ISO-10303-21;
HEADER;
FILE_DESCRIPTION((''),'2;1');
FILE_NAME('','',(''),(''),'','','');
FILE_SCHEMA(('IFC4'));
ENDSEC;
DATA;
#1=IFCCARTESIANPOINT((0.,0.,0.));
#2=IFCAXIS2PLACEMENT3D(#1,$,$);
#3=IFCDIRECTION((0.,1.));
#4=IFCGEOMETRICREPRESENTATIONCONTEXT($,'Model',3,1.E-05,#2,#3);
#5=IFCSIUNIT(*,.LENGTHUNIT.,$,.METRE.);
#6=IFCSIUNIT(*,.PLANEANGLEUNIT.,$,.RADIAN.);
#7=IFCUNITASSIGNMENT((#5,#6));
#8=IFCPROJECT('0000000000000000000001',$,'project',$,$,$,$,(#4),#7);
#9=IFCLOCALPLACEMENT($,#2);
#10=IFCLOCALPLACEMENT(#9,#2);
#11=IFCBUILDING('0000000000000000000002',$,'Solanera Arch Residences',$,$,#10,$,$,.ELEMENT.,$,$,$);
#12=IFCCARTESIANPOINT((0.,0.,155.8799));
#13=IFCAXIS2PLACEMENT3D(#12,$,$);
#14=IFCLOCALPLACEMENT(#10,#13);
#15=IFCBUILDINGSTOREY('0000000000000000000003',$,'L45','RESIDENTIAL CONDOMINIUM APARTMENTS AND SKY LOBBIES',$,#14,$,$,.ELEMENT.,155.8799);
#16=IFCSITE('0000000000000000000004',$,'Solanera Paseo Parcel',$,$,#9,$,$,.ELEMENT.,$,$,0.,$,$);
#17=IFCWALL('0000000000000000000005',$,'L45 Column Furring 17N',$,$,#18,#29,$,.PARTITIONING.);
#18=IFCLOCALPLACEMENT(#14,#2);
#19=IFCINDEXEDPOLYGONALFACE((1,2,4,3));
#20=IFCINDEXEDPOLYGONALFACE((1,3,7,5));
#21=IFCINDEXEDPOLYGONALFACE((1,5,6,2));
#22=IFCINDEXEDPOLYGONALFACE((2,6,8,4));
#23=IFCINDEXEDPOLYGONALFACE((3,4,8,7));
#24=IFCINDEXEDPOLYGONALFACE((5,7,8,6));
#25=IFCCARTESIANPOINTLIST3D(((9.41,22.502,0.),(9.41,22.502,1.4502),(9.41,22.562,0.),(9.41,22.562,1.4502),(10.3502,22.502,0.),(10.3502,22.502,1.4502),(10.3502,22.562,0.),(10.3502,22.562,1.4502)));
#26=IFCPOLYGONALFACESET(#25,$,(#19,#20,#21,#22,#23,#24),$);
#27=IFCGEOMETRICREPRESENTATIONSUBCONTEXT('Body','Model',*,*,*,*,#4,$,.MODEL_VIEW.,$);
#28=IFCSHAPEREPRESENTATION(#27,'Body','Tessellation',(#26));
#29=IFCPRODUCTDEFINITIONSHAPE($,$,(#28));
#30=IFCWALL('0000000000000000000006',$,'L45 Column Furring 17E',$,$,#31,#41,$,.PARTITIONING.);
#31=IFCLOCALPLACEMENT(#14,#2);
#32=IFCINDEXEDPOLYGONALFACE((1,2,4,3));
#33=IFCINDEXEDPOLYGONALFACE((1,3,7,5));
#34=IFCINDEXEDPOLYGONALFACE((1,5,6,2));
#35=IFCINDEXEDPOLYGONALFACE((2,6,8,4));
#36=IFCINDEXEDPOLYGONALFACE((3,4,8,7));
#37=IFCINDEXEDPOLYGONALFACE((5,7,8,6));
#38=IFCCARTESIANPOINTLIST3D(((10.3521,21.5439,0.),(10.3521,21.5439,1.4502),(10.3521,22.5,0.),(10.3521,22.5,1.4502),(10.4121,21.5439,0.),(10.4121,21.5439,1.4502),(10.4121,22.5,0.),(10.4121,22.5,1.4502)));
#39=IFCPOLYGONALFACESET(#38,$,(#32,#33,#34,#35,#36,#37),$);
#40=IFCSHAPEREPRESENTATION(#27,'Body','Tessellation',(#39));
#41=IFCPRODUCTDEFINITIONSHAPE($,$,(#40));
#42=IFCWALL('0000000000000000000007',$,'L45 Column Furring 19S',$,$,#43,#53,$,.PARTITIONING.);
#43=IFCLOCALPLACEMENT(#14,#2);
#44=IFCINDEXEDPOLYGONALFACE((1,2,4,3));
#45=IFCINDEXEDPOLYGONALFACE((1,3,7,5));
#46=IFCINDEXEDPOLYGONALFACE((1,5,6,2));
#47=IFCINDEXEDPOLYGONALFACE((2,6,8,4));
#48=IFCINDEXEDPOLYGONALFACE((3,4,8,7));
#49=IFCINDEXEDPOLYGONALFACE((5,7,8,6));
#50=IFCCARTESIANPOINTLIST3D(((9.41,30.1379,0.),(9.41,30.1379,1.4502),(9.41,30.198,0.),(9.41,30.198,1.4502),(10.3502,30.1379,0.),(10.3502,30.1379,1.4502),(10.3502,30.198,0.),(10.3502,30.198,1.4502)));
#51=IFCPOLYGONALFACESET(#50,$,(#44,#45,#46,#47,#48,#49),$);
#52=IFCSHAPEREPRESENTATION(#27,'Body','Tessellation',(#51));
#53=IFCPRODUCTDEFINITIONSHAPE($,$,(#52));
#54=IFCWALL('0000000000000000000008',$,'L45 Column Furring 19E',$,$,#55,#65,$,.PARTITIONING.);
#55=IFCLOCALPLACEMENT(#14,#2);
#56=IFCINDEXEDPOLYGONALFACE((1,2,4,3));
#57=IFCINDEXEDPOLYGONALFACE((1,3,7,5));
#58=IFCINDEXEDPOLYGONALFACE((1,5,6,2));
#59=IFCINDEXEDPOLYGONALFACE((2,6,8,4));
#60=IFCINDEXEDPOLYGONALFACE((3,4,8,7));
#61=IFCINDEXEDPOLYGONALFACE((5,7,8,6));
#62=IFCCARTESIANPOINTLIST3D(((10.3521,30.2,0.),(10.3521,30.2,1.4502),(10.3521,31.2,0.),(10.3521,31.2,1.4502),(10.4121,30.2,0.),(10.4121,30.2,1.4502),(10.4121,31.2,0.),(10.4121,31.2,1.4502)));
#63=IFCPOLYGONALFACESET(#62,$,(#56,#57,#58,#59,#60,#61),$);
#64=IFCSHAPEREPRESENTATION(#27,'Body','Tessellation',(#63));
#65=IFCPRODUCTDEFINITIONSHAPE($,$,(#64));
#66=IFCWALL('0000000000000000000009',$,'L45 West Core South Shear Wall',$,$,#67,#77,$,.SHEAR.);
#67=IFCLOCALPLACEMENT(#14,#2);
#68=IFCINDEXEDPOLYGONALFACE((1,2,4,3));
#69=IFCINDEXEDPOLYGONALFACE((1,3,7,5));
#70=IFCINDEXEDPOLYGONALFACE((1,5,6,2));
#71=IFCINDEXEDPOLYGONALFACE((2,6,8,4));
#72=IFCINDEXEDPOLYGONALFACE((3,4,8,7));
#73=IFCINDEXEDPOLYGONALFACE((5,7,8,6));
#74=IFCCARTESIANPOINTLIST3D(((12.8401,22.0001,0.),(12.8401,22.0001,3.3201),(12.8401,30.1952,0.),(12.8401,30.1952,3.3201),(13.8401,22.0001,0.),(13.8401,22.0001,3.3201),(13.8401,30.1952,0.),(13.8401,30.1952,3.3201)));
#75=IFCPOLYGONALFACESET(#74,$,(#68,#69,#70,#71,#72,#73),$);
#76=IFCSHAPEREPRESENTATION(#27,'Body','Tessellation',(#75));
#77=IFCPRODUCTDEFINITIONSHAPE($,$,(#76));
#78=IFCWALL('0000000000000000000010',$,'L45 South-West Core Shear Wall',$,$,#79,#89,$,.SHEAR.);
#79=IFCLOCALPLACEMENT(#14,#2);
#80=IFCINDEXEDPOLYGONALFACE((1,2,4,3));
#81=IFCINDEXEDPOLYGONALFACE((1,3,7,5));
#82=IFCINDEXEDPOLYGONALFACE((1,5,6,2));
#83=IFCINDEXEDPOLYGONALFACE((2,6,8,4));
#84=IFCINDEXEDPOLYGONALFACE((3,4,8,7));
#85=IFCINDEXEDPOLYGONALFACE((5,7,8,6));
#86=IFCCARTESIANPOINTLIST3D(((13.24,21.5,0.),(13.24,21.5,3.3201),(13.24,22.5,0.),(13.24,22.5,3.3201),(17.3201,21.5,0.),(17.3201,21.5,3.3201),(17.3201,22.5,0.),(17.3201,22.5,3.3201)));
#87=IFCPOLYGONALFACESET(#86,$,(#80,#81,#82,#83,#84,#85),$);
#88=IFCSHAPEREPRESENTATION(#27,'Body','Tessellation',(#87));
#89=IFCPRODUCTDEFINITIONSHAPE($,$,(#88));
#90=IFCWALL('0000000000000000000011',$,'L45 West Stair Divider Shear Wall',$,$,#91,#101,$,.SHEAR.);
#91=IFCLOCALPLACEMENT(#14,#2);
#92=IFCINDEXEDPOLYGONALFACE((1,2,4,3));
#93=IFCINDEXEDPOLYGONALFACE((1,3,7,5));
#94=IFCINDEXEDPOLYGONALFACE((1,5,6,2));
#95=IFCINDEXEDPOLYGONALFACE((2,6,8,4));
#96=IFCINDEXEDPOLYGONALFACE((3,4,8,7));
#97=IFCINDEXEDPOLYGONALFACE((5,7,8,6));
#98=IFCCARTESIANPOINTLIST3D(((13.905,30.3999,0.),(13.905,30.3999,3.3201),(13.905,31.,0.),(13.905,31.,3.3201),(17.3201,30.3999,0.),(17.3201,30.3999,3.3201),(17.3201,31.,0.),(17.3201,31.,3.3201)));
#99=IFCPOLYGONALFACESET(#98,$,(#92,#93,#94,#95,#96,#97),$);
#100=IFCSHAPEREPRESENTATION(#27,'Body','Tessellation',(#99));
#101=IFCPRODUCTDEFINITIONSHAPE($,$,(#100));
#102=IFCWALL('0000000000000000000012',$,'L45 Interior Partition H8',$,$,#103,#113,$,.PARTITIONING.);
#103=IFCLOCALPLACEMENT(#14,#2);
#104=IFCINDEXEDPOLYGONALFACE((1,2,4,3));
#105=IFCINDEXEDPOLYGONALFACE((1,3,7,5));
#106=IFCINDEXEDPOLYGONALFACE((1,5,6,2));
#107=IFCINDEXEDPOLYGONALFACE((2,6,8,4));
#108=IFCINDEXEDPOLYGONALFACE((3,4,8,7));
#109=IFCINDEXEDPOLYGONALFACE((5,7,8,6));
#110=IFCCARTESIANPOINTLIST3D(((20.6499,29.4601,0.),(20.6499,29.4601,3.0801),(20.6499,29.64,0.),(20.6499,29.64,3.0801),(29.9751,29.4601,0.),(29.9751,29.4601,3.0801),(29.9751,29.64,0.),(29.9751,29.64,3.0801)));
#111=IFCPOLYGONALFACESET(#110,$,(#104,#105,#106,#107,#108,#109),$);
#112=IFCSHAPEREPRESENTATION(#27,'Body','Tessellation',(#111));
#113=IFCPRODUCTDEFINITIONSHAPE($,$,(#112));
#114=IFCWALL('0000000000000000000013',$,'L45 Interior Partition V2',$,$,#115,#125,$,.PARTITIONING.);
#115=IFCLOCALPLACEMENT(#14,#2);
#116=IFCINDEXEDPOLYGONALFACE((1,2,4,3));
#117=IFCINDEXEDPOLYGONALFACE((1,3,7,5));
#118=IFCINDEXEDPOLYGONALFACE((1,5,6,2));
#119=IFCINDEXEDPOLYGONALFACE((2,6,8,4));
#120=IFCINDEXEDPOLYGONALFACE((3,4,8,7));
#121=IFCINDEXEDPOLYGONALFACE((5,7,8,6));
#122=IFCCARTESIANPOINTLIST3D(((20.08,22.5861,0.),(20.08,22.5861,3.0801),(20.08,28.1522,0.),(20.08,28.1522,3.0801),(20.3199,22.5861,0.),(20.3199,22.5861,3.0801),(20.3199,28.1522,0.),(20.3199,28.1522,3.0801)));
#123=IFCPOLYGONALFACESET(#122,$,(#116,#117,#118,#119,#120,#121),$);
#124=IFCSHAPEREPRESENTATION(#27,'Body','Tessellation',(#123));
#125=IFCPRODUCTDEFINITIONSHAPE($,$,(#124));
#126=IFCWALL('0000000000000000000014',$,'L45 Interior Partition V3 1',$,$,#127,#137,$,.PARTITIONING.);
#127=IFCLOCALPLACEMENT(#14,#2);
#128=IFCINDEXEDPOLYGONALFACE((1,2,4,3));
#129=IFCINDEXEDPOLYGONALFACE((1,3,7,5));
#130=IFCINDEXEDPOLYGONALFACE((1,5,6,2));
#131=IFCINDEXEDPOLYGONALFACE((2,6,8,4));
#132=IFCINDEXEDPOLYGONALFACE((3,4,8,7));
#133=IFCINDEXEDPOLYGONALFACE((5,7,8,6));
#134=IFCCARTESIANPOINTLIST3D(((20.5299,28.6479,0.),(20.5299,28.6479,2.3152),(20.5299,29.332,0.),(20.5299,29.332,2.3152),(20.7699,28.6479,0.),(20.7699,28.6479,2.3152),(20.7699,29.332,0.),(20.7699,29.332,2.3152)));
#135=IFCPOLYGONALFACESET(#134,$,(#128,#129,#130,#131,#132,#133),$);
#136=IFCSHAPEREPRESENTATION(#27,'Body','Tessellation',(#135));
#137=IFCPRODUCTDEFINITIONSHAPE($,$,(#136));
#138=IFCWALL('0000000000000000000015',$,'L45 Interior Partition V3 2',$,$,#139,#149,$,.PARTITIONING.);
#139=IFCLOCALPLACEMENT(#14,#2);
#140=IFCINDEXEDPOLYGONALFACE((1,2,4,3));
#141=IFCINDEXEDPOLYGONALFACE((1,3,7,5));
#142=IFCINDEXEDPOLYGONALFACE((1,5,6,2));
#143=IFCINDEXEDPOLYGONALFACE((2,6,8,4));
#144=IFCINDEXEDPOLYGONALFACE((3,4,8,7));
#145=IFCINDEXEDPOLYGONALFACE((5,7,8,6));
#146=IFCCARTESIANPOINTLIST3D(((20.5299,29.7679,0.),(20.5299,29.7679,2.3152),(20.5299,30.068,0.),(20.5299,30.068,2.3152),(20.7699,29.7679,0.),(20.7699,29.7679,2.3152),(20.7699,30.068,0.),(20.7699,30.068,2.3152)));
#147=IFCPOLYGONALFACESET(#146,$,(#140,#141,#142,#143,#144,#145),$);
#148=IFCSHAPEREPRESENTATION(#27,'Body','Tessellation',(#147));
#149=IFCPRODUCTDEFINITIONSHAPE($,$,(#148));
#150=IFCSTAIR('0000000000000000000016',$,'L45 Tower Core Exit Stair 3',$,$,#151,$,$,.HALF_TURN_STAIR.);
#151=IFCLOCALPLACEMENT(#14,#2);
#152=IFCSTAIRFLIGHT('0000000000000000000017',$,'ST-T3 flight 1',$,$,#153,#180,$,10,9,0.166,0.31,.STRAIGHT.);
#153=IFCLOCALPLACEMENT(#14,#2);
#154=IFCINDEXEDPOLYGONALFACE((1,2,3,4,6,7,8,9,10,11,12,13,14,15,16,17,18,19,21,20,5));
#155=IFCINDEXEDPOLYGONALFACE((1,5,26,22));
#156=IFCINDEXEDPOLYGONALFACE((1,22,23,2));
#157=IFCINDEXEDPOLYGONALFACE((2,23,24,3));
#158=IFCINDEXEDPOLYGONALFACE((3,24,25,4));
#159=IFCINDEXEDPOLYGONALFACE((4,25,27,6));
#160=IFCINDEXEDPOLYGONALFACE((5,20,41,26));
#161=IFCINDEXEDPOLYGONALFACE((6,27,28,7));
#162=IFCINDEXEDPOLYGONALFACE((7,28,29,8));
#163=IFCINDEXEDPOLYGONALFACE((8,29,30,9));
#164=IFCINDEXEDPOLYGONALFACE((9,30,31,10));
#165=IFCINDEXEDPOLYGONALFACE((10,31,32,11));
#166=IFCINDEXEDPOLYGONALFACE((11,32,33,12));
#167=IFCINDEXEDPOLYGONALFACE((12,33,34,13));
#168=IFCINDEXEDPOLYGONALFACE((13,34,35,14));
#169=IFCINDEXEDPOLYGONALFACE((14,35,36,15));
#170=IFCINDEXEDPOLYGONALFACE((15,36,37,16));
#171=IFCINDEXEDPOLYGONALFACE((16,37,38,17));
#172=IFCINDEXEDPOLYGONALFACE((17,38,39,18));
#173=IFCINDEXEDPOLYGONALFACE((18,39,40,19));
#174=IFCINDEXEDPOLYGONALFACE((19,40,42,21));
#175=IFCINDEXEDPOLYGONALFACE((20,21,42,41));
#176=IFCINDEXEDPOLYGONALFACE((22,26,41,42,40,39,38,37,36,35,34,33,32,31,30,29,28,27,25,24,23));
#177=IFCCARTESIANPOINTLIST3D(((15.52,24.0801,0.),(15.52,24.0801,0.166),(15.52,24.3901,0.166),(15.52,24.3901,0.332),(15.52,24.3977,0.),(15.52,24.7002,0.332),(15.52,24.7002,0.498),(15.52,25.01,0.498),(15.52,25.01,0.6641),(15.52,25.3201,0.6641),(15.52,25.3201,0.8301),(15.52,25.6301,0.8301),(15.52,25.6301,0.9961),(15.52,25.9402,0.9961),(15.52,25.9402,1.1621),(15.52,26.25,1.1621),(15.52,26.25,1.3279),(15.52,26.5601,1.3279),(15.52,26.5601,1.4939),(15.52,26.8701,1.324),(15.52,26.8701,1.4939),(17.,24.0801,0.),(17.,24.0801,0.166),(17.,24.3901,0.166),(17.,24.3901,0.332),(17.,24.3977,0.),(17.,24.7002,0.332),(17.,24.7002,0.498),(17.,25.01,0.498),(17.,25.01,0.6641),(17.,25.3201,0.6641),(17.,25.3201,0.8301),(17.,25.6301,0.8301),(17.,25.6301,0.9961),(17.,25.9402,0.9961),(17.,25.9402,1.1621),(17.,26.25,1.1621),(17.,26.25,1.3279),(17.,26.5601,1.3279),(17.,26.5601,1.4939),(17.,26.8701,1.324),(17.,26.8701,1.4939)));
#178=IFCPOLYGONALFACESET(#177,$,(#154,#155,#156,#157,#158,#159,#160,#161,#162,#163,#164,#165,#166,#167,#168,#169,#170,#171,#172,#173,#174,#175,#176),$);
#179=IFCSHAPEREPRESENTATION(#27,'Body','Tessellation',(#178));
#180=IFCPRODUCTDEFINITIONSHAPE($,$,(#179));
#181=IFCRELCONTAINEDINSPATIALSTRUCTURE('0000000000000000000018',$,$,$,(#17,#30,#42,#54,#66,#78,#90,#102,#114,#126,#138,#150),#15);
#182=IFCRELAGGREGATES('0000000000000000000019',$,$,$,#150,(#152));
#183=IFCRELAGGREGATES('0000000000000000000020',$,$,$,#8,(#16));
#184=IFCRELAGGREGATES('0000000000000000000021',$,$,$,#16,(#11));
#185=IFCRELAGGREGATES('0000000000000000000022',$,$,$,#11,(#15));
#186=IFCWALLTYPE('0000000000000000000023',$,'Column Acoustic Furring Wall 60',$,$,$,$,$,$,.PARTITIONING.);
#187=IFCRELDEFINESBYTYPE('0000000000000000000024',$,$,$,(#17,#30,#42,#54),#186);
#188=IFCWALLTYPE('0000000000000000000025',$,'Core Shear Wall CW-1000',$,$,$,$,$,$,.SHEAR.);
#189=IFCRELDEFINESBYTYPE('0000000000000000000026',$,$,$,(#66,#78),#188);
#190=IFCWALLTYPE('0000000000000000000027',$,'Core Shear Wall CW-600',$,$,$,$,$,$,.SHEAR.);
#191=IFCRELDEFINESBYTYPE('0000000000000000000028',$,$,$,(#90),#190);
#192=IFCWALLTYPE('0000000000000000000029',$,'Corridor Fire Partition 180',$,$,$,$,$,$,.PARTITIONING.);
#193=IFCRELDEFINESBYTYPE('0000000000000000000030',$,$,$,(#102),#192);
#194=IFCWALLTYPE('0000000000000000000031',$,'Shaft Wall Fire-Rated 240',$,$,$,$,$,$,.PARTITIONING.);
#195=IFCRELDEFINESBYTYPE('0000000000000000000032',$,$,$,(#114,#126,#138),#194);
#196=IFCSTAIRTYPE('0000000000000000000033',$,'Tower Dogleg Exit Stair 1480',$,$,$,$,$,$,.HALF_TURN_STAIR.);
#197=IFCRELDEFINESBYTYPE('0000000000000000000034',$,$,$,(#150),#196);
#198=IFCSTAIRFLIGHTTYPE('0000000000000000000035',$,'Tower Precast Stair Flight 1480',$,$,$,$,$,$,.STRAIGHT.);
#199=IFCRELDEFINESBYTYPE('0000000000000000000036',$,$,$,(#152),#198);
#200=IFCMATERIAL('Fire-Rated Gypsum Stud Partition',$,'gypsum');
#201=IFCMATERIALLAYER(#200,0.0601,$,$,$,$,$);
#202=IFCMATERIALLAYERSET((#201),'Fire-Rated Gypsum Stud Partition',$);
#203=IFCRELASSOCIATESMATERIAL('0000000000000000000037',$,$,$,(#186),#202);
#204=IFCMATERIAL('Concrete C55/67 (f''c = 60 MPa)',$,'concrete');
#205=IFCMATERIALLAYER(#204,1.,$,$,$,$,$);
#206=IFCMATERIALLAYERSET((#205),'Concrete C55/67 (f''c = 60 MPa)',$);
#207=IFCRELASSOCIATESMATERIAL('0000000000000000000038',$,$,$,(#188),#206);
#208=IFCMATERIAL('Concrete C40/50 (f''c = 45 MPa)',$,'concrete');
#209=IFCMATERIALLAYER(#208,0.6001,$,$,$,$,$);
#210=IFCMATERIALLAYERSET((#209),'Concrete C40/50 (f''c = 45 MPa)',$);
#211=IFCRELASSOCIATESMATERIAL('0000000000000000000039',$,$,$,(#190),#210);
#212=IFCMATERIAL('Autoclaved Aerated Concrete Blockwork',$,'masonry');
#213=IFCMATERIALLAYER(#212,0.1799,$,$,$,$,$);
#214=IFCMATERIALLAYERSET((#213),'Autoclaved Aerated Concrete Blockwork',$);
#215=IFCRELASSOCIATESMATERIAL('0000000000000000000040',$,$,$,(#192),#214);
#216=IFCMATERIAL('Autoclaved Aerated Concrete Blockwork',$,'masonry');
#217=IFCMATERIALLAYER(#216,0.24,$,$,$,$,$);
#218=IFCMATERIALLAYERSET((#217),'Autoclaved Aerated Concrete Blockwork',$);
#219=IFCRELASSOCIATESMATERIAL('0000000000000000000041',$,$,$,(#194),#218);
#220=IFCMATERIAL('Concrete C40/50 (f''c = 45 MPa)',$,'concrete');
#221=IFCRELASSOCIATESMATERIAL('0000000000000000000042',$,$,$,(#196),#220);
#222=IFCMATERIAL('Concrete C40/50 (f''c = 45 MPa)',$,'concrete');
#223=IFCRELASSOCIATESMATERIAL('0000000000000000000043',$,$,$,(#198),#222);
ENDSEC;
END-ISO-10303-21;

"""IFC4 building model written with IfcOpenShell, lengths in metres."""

from ifc_helpers import new_model, si_unit, direction, frame, frame_2d, origin, place, context, subcontext, project, spatial, polyline, rectangle, outline, extrude, material, layer, layer_set, type_object, element, aggregate, save


model = new_model("IFC4")

# Units and contexts
model_context = context("Model", 3, precision=1e-05, world=origin(), true_north=direction((0.0, 1.0)))
body_context = subcontext(model_context, "Body", "Model", "MODEL_VIEW")
ifc_project = project(units=[si_unit("LENGTHUNIT", "METRE"), si_unit("PLANEANGLEUNIT", "RADIAN")], contexts=[model_context])

# Site, building, storey
site_placement = place(None, origin())
site = spatial("IfcSite", under=ifc_project, at=site_placement, Name="Solanera Paseo Parcel", CompositionType="ELEMENT", RefElevation=0.0)
building_placement = place(site_placement, origin())
building = spatial("IfcBuilding", under=site, at=building_placement, Name="Solanera Arch Residences", CompositionType="ELEMENT")
storey_placement = place(building_placement, frame((0.0, 0.0, 155.8799)))
storey = spatial("IfcBuildingStorey", under=building, at=storey_placement, Name="L45", Description="RESIDENTIAL CONDOMINIUM APARTMENTS AND SKY LOBBIES", CompositionType="ELEMENT", Elevation=155.8799)

# Walls
ifc_material_1 = material(Name="Fire-Rated Gypsum Stud Partition", Category="gypsum")
ifc_layer_1 = layer(ifc_material_1, 0.0601)
ifc_layer_set_1 = layer_set([ifc_layer_1], Name="Fire-Rated Gypsum Stud Partition")
wall_type_1 = type_object("IfcWallType", Name="Column Acoustic Furring Wall 60", PredefinedType="PARTITIONING", material=ifc_layer_set_1)
wall_1_placement = place(storey_placement, frame((9.4099, 22.532, 0.0), z_axis=(0.0, 0.0, 1.0), x_axis=(1.0, 0.0, 0.0)))
element("IfcWall", 1, at=wall_1_placement, inside=storey, type_object=wall_type_1, Name="L45 Column Furring 17N", PredefinedType="PARTITIONING", context=body_context, shape_type="SweptSolid", body=[
    extrude(rectangle(XDim=0.9402, YDim=0.0601, at=frame_2d((0.4702, 0.0))), origin(), (0.0, 0.0, 1.0), 1.4502),
])
wall_2_placement = place(storey_placement, frame((10.3821, 21.5439, 0.0), z_axis=(0.0, 0.0, 1.0), x_axis=(0.0, 1.0, 0.0)))
element("IfcWall", 2, at=wall_2_placement, inside=storey, type_object=wall_type_1, Name="L45 Column Furring 17E", PredefinedType="PARTITIONING", context=body_context, shape_type="SweptSolid", body=[
    extrude(rectangle(XDim=0.9561, YDim=0.0601, at=frame_2d((0.478, 0.0))), origin(), (0.0, 0.0, 1.0), 1.4502),
])
wall_3_placement = place(storey_placement, frame((9.4099, 30.168, 0.0), z_axis=(0.0, 0.0, 1.0), x_axis=(1.0, 0.0, 0.0)))
element("IfcWall", 3, at=wall_3_placement, inside=storey, type_object=wall_type_1, Name="L45 Column Furring 19S", PredefinedType="PARTITIONING", context=body_context, shape_type="SweptSolid", body=[
    extrude(rectangle(XDim=0.9402, YDim=0.0601, at=frame_2d((0.4702, 0.0))), origin(), (0.0, 0.0, 1.0), 1.4502),
])
wall_4_placement = place(storey_placement, frame((10.3821, 30.2, 0.0), z_axis=(0.0, 0.0, 1.0), x_axis=(0.0, 1.0, 0.0)))
element("IfcWall", 4, at=wall_4_placement, inside=storey, type_object=wall_type_1, Name="L45 Column Furring 19E", PredefinedType="PARTITIONING", context=body_context, shape_type="SweptSolid", body=[
    extrude(rectangle(XDim=1.0, YDim=0.0601, at=frame_2d((0.5, 0.0))), origin(), (0.0, 0.0, 1.0), 1.4502),
])
ifc_material_2 = material(Name="Concrete C55/67 (f'c = 60 MPa)", Category="concrete")
ifc_layer_2 = layer(ifc_material_2, 1.0)
ifc_layer_set_2 = layer_set([ifc_layer_2], Name="Concrete C55/67 (f'c = 60 MPa)")
wall_type_2 = type_object("IfcWallType", Name="Core Shear Wall CW-1000", PredefinedType="SHEAR", material=ifc_layer_set_2)
wall_5_placement = place(storey_placement, frame((13.3401, 22.0, 0.0), z_axis=(0.0, 0.0, 1.0), x_axis=(0.0, 1.0, 0.0)))
element("IfcWall", 5, at=wall_5_placement, inside=storey, type_object=wall_type_2, Name="L45 West Core South Shear Wall", PredefinedType="SHEAR", context=body_context, shape_type="SweptSolid", body=[
    extrude(rectangle(XDim=8.1951, YDim=1.0, at=frame_2d((4.0977, 0.0))), origin(), (0.0, 0.0, 1.0), 3.3201),
])
wall_6_placement = place(storey_placement, frame((13.24, 22.0, 0.0), z_axis=(0.0, 0.0, 1.0), x_axis=(1.0, 0.0, 0.0)))
element("IfcWall", 6, at=wall_6_placement, inside=storey, type_object=wall_type_2, Name="L45 South-West Core Shear Wall", PredefinedType="SHEAR", context=body_context, shape_type="SweptSolid", body=[
    extrude(rectangle(XDim=4.0801, YDim=1.0, at=frame_2d((2.04, 0.0))), origin(), (0.0, 0.0, 1.0), 3.3201),
])

# Walls
ifc_material_3 = material(Name="Concrete C40/50 (f'c = 45 MPa)", Category="concrete")
ifc_layer_3 = layer(ifc_material_3, 0.6001)
ifc_layer_set_3 = layer_set([ifc_layer_3], Name="Concrete C40/50 (f'c = 45 MPa)")
wall_type_3 = type_object("IfcWallType", Name="Core Shear Wall CW-600", PredefinedType="SHEAR", material=ifc_layer_set_3)
wall_7_placement = place(storey_placement, frame((13.905, 30.7, 0.0), z_axis=(0.0, 0.0, 1.0), x_axis=(1.0, 0.0, 0.0)))
element("IfcWall", 7, at=wall_7_placement, inside=storey, type_object=wall_type_3, Name="L45 West Stair Divider Shear Wall", PredefinedType="SHEAR", context=body_context, shape_type="SweptSolid", body=[
    extrude(rectangle(XDim=3.415, YDim=0.6001, at=frame_2d((1.7075, 0.0))), origin(), (0.0, 0.0, 1.0), 3.3201),
])
ifc_material_4 = material(Name="Autoclaved Aerated Concrete Blockwork", Category="masonry")
ifc_layer_4 = layer(ifc_material_4, 0.1799)
ifc_layer_set_4 = layer_set([ifc_layer_4], Name="Autoclaved Aerated Concrete Blockwork")
wall_type_4 = type_object("IfcWallType", Name="Corridor Fire Partition 180", PredefinedType="PARTITIONING", material=ifc_layer_set_4)
wall_8_placement = place(storey_placement, frame((20.6499, 29.55, 0.0), z_axis=(0.0, 0.0, 1.0), x_axis=(1.0, 0.0, 0.0)))
element("IfcWall", 8, at=wall_8_placement, inside=storey, type_object=wall_type_4, Name="L45 Interior Partition H8", PredefinedType="PARTITIONING", context=body_context, shape_type="SweptSolid", body=[
    extrude(rectangle(XDim=9.3252, YDim=0.1799, at=frame_2d((4.6626, 0.0))), origin(), (0.0, 0.0, 1.0), 3.0801),
])

# Shared definitions
ifc_material_5 = material(Name="Autoclaved Aerated Concrete Blockwork", Category="masonry")
ifc_layer_5 = layer(ifc_material_5, 0.24)
ifc_layer_set_5 = layer_set([ifc_layer_5], Name="Autoclaved Aerated Concrete Blockwork")
wall_type_5 = type_object("IfcWallType", Name="Shaft Wall Fire-Rated 240", PredefinedType="PARTITIONING", material=ifc_layer_set_5)

# Walls
wall_9_placement = place(storey_placement, frame((20.2, 22.5859, 0.0), z_axis=(0.0, 0.0, 1.0), x_axis=(0.0, 1.0, 0.0)))
element("IfcWall", 9, at=wall_9_placement, inside=storey, type_object=wall_type_5, Name="L45 Interior Partition V2", PredefinedType="PARTITIONING", context=body_context, shape_type="SweptSolid", body=[
    extrude(rectangle(XDim=5.5662, YDim=0.24, at=frame_2d((2.7832, 0.0))), origin(), (0.0, 0.0, 1.0), 3.0801),
])
wall_10_placement = place(storey_placement, frame((20.6499, 28.6479, 0.0), z_axis=(0.0, 0.0, 1.0), x_axis=(0.0, 1.0, 0.0)))
element("IfcWall", 10, at=wall_10_placement, inside=storey, type_object=wall_type_5, Name="L45 Interior Partition V3 1", PredefinedType="PARTITIONING", context=body_context, shape_type="SweptSolid", body=[
    extrude(rectangle(XDim=0.6841, YDim=0.24, at=frame_2d((0.342, 0.0))), origin(), (0.0, 0.0, 1.0), 2.3152),
])
wall_11_placement = place(storey_placement, frame((20.6499, 29.7681, 0.0), z_axis=(0.0, 0.0, 1.0), x_axis=(0.0, 1.0, 0.0)))
element("IfcWall", 11, at=wall_11_placement, inside=storey, type_object=wall_type_5, Name="L45 Interior Partition V3 2", PredefinedType="PARTITIONING", context=body_context, shape_type="SweptSolid", body=[
    extrude(rectangle(XDim=0.3, YDim=0.24, at=frame_2d((0.1499, 0.0))), origin(), (0.0, 0.0, 1.0), 2.3152),
])

# Stair, stair flight
ifc_material_6 = material(Name="Concrete C40/50 (f'c = 45 MPa)", Category="concrete")
stair_type = type_object("IfcStairType", Name="Tower Dogleg Exit Stair 1480", PredefinedType="HALF_TURN_STAIR", material=ifc_material_6)
stair_placement = place(storey_placement, origin())
stair = element("IfcStair", 12, at=stair_placement, inside=storey, type_object=stair_type, Name="L45 Tower Core Exit Stair 3", PredefinedType="HALF_TURN_STAIR")
ifc_material_7 = material(Name="Concrete C40/50 (f'c = 45 MPa)", Category="concrete")
stair_flight_type = type_object("IfcStairFlightType", Name="Tower Precast Stair Flight 1480", PredefinedType="STRAIGHT", material=ifc_material_7)
stair_flight_1_placement = place(storey_placement, frame((16.26, 24.0801, 0.0), z_axis=(0.0, 0.0, 1.0), x_axis=(0.0, 1.0, 0.0)))
stair_flight_1 = element("IfcStairFlight", 13, at=stair_flight_1_placement, type_object=stair_flight_type, Name="ST-T3 flight 1", NumberOfRisers=10, NumberOfTreads=9, PredefinedType="STRAIGHT", RiserHeight=0.166, TreadLength=0.31, context=body_context, shape_type="SweptSolid", body=[
    extrude(outline(polyline([(0.0, 0.0), (0.0, 0.166), (0.3101, 0.166), (0.3101, 0.332), (0.6201, 0.332), (0.6201, 0.498), (0.9299, 0.498), (0.9299, 0.6641), (1.24, 0.6641), (1.24, 0.8301), (1.55, 0.8301), (1.55, 0.9961), (1.8601, 0.9961), (1.8601, 1.1621), (2.1699, 1.1621), (2.1699, 1.3279), (2.48, 1.3279), (2.48, 1.4939), (2.79, 1.4939), (2.79, 1.6599), (2.79, 1.324), (0.3176, 0.0), (0.0, 0.0)])), frame((0.0, 0.74, 0.0), z_axis=(0.0, -1.0, 0.0), x_axis=(1.0, 0.0, 0.0)), (0.0, 0.0, 1.0), 1.48),
])
aggregate(stair, [stair_flight_1])

save(model, "model.ifc")
